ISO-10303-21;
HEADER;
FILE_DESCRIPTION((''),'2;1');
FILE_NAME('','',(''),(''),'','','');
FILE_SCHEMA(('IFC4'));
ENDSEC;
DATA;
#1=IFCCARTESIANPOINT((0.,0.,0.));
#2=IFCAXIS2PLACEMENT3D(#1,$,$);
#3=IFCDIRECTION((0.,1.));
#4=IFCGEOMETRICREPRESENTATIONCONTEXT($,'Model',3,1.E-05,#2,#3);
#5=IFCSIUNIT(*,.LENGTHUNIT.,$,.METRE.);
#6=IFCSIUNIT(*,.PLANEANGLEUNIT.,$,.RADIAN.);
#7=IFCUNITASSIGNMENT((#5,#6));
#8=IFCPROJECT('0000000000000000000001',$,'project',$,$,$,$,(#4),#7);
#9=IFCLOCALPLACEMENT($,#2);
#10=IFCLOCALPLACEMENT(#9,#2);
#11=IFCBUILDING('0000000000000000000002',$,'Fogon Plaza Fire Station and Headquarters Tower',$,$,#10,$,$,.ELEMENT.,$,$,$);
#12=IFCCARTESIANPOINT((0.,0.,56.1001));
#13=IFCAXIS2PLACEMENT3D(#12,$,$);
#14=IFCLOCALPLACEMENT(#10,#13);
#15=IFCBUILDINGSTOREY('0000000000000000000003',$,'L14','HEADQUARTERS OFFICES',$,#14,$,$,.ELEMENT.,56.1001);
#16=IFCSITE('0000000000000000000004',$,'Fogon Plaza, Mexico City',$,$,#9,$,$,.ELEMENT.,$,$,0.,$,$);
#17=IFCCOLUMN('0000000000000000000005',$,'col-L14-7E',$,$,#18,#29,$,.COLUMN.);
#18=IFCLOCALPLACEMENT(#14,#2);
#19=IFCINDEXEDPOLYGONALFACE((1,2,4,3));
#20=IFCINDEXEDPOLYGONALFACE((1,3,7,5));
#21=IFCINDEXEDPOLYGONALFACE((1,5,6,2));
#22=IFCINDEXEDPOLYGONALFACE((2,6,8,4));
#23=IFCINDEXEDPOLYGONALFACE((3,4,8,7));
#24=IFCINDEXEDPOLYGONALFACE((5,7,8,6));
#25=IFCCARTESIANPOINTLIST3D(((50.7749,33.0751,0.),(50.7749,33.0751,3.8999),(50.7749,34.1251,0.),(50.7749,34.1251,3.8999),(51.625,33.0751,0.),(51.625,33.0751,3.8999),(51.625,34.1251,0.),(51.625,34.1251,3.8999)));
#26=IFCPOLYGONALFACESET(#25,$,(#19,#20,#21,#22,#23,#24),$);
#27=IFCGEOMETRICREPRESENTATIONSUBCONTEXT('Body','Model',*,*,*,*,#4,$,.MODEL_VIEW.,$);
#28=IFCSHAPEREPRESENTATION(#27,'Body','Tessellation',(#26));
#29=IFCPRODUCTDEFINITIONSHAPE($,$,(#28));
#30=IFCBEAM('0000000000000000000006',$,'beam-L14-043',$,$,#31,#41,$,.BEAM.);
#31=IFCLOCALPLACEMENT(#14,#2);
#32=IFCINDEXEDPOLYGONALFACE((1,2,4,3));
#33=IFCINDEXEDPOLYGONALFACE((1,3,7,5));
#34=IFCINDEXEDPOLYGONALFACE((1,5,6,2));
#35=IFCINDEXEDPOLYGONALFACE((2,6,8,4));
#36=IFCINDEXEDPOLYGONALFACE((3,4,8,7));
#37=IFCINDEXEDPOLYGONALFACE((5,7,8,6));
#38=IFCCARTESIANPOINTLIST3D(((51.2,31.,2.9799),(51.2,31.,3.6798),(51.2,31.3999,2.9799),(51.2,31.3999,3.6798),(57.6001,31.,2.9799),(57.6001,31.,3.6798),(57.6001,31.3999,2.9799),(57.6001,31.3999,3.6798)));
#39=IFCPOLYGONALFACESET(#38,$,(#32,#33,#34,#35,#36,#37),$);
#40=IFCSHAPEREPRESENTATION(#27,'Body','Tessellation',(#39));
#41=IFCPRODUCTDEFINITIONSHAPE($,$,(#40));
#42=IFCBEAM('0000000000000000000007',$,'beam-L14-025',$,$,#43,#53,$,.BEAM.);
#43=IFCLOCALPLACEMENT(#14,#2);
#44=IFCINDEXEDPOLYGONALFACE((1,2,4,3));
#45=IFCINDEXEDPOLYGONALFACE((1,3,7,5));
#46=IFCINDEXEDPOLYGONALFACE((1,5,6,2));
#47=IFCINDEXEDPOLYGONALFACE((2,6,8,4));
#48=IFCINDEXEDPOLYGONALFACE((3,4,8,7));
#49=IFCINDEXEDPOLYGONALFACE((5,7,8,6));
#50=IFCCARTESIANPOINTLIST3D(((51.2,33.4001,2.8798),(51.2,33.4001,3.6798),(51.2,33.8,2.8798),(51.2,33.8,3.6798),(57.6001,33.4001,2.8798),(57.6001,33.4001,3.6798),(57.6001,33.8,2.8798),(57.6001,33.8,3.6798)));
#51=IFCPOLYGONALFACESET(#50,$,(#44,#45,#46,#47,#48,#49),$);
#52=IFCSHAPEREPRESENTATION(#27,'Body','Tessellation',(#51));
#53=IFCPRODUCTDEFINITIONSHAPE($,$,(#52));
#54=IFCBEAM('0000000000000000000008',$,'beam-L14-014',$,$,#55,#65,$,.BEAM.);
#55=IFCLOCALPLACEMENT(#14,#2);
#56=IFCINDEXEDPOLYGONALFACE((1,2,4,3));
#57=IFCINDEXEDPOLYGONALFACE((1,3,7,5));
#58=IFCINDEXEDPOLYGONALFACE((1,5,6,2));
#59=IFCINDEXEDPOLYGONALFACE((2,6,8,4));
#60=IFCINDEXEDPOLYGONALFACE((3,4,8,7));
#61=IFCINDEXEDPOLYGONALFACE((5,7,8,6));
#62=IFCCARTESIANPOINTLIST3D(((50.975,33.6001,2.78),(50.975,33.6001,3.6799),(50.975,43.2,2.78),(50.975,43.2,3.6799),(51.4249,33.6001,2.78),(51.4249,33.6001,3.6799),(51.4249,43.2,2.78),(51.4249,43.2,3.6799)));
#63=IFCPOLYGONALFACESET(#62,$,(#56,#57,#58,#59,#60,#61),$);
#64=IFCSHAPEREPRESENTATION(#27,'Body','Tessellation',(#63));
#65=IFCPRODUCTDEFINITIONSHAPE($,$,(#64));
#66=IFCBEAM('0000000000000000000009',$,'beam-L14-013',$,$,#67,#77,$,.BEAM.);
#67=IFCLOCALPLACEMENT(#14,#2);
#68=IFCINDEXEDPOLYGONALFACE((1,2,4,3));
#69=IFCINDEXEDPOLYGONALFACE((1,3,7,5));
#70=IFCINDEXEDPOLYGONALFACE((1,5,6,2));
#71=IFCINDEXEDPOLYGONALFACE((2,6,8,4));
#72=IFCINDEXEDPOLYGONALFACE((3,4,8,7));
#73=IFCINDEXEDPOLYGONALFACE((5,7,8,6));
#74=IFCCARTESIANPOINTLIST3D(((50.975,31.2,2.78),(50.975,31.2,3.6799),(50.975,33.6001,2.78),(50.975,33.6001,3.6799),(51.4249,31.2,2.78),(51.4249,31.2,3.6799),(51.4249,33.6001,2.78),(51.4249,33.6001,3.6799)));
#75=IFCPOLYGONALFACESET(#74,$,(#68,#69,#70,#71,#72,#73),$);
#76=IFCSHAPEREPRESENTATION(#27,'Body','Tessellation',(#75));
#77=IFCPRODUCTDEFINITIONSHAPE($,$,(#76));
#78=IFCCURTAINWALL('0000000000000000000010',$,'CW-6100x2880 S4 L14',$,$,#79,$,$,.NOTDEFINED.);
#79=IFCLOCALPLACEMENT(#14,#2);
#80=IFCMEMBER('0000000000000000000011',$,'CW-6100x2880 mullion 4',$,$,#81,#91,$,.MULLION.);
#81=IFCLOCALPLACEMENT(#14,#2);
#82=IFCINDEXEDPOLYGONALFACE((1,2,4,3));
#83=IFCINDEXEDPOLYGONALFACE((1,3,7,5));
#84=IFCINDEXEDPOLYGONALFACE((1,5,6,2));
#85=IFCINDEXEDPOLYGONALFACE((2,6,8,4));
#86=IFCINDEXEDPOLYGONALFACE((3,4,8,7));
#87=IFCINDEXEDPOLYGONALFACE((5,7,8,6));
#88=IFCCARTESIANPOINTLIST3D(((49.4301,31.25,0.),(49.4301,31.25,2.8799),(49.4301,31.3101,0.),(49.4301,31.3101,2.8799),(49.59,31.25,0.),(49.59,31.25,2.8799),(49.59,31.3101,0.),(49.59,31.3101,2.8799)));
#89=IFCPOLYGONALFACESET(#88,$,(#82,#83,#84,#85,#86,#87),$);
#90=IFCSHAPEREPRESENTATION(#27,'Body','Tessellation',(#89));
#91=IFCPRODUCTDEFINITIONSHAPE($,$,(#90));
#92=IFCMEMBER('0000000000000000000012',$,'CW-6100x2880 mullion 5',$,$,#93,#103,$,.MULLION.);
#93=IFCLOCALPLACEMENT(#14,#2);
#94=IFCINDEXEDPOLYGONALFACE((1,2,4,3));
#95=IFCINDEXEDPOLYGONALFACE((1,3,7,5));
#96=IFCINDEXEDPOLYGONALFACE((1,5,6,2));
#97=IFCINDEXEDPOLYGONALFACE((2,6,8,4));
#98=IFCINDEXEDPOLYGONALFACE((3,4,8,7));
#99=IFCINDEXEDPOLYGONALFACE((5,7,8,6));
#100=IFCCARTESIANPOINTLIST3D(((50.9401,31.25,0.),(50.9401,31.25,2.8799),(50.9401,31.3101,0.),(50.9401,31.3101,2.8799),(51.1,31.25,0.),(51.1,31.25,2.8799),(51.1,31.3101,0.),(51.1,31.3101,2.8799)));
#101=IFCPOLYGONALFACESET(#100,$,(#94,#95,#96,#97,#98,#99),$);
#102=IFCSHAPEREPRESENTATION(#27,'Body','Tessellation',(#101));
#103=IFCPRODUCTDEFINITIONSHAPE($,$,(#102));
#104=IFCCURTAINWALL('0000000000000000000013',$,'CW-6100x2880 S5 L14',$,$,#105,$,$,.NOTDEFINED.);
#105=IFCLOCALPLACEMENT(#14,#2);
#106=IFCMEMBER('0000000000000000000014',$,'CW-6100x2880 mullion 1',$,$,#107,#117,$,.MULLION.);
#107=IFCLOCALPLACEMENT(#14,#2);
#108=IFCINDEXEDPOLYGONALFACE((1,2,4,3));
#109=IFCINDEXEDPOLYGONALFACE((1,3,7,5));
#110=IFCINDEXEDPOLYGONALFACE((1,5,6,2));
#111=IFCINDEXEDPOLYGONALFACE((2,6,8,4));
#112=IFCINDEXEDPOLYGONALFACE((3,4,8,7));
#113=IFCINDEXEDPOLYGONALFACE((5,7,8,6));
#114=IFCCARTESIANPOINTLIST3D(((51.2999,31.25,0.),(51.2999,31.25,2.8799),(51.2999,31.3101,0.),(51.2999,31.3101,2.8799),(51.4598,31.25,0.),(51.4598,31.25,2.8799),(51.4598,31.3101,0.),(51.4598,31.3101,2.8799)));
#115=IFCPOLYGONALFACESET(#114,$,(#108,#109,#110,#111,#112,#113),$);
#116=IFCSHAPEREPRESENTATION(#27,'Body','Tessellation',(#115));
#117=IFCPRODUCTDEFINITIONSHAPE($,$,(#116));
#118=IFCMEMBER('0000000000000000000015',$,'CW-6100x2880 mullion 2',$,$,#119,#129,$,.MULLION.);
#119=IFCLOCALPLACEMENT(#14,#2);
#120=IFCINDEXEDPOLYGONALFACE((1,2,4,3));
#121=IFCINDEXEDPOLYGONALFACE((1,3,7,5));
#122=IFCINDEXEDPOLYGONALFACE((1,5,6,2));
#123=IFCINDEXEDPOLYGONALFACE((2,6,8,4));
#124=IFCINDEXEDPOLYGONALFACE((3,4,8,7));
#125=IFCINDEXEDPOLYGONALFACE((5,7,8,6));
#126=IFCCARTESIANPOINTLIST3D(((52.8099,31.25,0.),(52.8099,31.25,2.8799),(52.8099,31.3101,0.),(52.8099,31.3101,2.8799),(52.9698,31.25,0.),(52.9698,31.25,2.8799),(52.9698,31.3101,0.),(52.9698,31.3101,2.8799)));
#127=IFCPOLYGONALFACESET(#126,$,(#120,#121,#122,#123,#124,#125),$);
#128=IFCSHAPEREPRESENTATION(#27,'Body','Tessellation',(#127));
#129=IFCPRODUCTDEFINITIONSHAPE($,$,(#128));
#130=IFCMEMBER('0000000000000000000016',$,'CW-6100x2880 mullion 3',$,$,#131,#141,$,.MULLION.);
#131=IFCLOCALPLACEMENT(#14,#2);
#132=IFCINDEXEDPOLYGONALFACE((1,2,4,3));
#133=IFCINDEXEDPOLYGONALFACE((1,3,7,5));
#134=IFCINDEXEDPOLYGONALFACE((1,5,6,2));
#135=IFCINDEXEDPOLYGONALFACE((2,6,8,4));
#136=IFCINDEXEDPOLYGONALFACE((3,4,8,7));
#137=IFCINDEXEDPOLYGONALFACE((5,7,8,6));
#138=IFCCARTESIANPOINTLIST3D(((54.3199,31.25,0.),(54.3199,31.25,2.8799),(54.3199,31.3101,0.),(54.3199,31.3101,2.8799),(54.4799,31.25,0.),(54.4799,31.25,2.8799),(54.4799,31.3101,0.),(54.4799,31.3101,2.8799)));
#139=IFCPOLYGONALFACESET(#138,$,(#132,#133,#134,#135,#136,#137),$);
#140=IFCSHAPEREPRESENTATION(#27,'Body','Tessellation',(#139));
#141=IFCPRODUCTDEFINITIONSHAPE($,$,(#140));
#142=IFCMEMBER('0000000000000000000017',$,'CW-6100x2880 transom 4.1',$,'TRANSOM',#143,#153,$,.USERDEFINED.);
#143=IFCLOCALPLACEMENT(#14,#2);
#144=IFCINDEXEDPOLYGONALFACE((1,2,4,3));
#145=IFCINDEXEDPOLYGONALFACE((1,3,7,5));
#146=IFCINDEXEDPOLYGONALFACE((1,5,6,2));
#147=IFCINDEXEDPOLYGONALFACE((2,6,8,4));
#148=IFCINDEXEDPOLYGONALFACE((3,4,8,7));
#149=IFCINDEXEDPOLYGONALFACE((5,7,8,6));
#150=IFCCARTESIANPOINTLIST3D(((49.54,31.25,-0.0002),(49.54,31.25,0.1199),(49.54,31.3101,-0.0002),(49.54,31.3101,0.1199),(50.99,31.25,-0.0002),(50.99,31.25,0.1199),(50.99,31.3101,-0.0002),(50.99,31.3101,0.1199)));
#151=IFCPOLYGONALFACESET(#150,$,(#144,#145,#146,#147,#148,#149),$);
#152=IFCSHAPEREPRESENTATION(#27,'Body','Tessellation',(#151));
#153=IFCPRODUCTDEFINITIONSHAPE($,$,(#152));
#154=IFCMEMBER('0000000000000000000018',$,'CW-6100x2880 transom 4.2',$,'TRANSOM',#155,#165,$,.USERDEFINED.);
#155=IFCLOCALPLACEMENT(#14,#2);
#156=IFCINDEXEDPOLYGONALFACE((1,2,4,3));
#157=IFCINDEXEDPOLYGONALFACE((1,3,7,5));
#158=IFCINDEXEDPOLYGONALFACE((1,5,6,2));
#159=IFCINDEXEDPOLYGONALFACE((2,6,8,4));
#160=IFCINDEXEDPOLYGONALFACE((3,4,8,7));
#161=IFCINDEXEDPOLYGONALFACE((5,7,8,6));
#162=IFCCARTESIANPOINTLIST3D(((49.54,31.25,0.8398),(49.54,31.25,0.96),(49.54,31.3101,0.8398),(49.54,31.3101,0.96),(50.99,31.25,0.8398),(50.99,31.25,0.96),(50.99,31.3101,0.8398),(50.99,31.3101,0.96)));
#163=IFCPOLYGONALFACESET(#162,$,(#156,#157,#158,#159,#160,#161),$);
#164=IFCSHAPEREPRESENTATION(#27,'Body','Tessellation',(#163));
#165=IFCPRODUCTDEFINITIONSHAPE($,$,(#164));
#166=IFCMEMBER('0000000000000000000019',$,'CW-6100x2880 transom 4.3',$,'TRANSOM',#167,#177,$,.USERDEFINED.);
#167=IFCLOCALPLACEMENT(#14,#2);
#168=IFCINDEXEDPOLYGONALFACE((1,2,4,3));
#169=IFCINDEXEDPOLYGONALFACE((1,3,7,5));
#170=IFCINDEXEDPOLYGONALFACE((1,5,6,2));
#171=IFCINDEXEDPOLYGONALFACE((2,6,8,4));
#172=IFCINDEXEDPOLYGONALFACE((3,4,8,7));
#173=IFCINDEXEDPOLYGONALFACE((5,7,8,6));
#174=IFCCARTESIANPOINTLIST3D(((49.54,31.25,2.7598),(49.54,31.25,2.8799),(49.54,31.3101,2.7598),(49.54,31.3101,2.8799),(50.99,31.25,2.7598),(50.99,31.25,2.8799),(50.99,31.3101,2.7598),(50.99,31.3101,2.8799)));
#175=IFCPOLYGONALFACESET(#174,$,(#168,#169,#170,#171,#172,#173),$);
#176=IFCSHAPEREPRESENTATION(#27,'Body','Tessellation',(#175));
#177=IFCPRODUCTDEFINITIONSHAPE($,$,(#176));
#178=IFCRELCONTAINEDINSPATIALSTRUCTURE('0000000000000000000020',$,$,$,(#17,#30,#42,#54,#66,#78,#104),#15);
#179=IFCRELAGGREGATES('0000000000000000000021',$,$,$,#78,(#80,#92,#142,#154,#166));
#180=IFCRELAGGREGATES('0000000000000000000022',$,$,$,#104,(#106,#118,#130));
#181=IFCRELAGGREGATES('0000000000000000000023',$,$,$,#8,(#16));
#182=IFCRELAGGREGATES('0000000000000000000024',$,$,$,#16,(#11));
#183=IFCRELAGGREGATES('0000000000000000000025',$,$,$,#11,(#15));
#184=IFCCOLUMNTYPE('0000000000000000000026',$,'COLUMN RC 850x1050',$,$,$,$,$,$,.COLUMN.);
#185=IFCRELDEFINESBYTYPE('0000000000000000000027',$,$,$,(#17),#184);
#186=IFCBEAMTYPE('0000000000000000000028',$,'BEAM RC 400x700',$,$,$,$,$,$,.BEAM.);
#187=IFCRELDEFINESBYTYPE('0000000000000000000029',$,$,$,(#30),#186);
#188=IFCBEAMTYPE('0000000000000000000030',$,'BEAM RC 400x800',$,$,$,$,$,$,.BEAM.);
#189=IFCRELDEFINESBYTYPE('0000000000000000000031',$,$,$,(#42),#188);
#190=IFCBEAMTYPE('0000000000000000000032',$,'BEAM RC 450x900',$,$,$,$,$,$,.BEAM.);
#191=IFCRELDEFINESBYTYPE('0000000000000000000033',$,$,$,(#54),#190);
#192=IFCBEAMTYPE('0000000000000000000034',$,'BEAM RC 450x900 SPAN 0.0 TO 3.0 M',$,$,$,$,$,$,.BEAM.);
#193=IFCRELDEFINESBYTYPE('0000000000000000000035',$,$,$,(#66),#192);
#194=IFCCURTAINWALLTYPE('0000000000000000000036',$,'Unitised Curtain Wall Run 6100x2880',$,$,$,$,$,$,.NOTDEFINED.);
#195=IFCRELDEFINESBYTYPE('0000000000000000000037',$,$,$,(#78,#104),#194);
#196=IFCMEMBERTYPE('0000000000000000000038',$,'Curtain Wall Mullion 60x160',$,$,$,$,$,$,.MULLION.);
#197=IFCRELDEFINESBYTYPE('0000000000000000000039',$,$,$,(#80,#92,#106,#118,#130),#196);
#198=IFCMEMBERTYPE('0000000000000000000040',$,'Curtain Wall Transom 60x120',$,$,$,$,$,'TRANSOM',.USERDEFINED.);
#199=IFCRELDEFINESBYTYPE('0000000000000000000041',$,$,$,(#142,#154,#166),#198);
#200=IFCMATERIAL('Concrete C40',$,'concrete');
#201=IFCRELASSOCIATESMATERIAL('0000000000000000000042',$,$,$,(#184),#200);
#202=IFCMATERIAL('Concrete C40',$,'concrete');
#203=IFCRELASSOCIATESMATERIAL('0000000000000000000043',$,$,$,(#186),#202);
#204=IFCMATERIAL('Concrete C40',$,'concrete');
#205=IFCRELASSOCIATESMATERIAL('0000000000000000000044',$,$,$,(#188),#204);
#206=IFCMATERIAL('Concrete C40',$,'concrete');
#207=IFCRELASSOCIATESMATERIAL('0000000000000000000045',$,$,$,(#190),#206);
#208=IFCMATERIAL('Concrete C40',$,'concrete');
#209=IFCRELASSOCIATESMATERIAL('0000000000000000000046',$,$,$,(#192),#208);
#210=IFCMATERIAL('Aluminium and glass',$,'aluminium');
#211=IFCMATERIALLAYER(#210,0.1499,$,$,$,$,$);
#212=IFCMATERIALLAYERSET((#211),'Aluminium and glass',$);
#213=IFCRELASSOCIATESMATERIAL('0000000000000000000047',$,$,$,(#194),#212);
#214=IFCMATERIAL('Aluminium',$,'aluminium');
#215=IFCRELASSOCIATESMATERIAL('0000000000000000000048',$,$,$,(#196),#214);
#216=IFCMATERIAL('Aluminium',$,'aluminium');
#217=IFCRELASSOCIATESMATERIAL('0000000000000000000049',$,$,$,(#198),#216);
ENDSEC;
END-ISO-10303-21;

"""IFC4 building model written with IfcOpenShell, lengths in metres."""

from ifc_helpers import new_model, si_unit, direction, frame, origin, origin_2d, place, context, subcontext, project, spatial, rectangle, extrude, material, layer, layer_set, material_profile, profile_set, type_object, element, aggregate, save


model = new_model("IFC4")

# Units and contexts
model_context = context("Model", 3, precision=1e-05, world=origin(), true_north=direction((0.0, 1.0)))
body_context = subcontext(model_context, "Body", "Model", "MODEL_VIEW")
ifc_project = project(units=[si_unit("LENGTHUNIT", "METRE"), si_unit("PLANEANGLEUNIT", "RADIAN")], contexts=[model_context])

# Site, building, storey
site_placement = place(None, origin())
site = spatial("IfcSite", under=ifc_project, at=site_placement, Name="Fogon Plaza, Mexico City", CompositionType="ELEMENT", RefElevation=0.0)
building_placement = place(site_placement, origin())
building = spatial("IfcBuilding", under=site, at=building_placement, Name="Fogon Plaza Fire Station and Headquarters Tower", CompositionType="ELEMENT")
storey_placement = place(building_placement, frame((0.0, 0.0, 56.1001)))
storey = spatial("IfcBuildingStorey", under=building, at=storey_placement, Name="L14", Description="HEADQUARTERS OFFICES", CompositionType="ELEMENT", Elevation=56.1001)

# Column
ifc_material_1 = material(Name="Concrete C40", Category="concrete")
ifc_material_profile_1 = material_profile(ifc_material_1, rectangle(XDim=0.8501, YDim=1.05, at=origin_2d()), Name="RC 850x1050")
ifc_profile_set_1 = profile_set([ifc_material_profile_1], Name="Concrete C40")
column_type = type_object("IfcColumnType", Name="COLUMN RC 850x1050", PredefinedType="COLUMN", material=ifc_profile_set_1)
column_placement = place(storey_placement, frame((51.2, 33.6001, 0.0), z_axis=(0.0, 0.0, 1.0), x_axis=(1.0, 0.0, 0.0)))
element("IfcColumn", 1, at=column_placement, inside=storey, type_object=column_type, Name="col-L14-7E", PredefinedType="COLUMN", context=body_context, shape_type="SweptSolid", body=[
    extrude(rectangle(XDim=0.8501, YDim=1.05, at=origin_2d()), origin(), (0.0, 0.0, 1.0), 3.8999),
])

# Beams
ifc_material_2 = material(Name="Concrete C40", Category="concrete")
ifc_material_profile_2 = material_profile(ifc_material_2, rectangle(XDim=0.3999, YDim=0.7, at=origin_2d()), Name="RC 400x700")
ifc_profile_set_2 = profile_set([ifc_material_profile_2], Name="Concrete C40")
beam_type_1 = type_object("IfcBeamType", Name="BEAM RC 400x700", PredefinedType="BEAM", material=ifc_profile_set_2)
beam_1_placement = place(storey_placement, frame((51.2, 31.2, 3.3298), z_axis=(1.0, 0.0, 0.0), x_axis=(0.0, 1.0, 0.0)))
element("IfcBeam", 2, at=beam_1_placement, inside=storey, type_object=beam_type_1, Name="beam-L14-043", PredefinedType="BEAM", context=body_context, shape_type="SweptSolid", body=[
    extrude(rectangle(XDim=0.3999, YDim=0.7, at=origin_2d()), origin(), (0.0, 0.0, 1.0), 6.4001),
])
ifc_material_3 = material(Name="Concrete C40", Category="concrete")
ifc_material_profile_3 = material_profile(ifc_material_3, rectangle(XDim=0.3999, YDim=0.8, at=origin_2d()), Name="RC 400x800")
ifc_profile_set_3 = profile_set([ifc_material_profile_3], Name="Concrete C40")
beam_type_2 = type_object("IfcBeamType", Name="BEAM RC 400x800", PredefinedType="BEAM", material=ifc_profile_set_3)
beam_2_placement = place(storey_placement, frame((51.2, 33.6001, 3.2798), z_axis=(1.0, 0.0, 0.0), x_axis=(0.0, 1.0, 0.0)))
element("IfcBeam", 3, at=beam_2_placement, inside=storey, type_object=beam_type_2, Name="beam-L14-025", PredefinedType="BEAM", context=body_context, shape_type="SweptSolid", body=[
    extrude(rectangle(XDim=0.3999, YDim=0.8, at=origin_2d()), origin(), (0.0, 0.0, 1.0), 6.4001),
])
ifc_material_4 = material(Name="Concrete C40", Category="concrete")
ifc_material_profile_4 = material_profile(ifc_material_4, rectangle(XDim=0.45, YDim=0.8999, at=origin_2d()), Name="RC 450x900")
ifc_profile_set_4 = profile_set([ifc_material_profile_4], Name="Concrete C40")
beam_type_3 = type_object("IfcBeamType", Name="BEAM RC 450x900", PredefinedType="BEAM", material=ifc_profile_set_4)
beam_3_placement = place(storey_placement, frame((51.2, 33.6001, 3.23), z_axis=(0.0, 1.0, 0.0), x_axis=(-1.0, 0.0, 0.0)))
element("IfcBeam", 4, at=beam_3_placement, inside=storey, type_object=beam_type_3, Name="beam-L14-014", PredefinedType="BEAM", context=body_context, shape_type="SweptSolid", body=[
    extrude(rectangle(XDim=0.45, YDim=0.8999, at=origin_2d()), origin(), (0.0, 0.0, 1.0), 9.5999),
])
ifc_material_5 = material(Name="Concrete C40", Category="concrete")
ifc_material_profile_5 = material_profile(ifc_material_5, rectangle(XDim=0.45, YDim=0.8999, at=origin_2d()), Name="RC 450x900")
ifc_profile_set_5 = profile_set([ifc_material_profile_5], Name="Concrete C40")
beam_type_4 = type_object("IfcBeamType", Name="BEAM RC 450x900 SPAN 0.0 TO 3.0 M", PredefinedType="BEAM", material=ifc_profile_set_5)
beam_4_placement = place(storey_placement, frame((51.2, 31.2, 3.23), z_axis=(0.0, 1.0, 0.0), x_axis=(-1.0, 0.0, 0.0)))
element("IfcBeam", 5, at=beam_4_placement, inside=storey, type_object=beam_type_4, Name="beam-L14-013", PredefinedType="BEAM", context=body_context, shape_type="SweptSolid", body=[
    extrude(rectangle(XDim=0.45, YDim=0.8999, at=origin_2d()), origin(), (0.0, 0.0, 1.0), 2.4001),
])

# Curtain walls, members
ifc_material_6 = material(Name="Aluminium and glass", Category="aluminium")
ifc_layer_1 = layer(ifc_material_6, 0.1499)
ifc_layer_set_1 = layer_set([ifc_layer_1], Name="Aluminium and glass")
curtain_wall_type = type_object("IfcCurtainWallType", Name="Unitised Curtain Wall Run 6100x2880", PredefinedType="NOTDEFINED", material=ifc_layer_set_1)
curtain_wall_1_placement = place(storey_placement, origin())
curtain_wall_1 = element("IfcCurtainWall", 6, at=curtain_wall_1_placement, inside=storey, type_object=curtain_wall_type, Name="CW-6100x2880 S4 L14", PredefinedType="NOTDEFINED")
ifc_material_7 = material(Name="Aluminium", Category="aluminium")
ifc_material_profile_6 = material_profile(ifc_material_7, rectangle(XDim=0.0601, YDim=0.1599, at=origin_2d()), Name="Curtain Wall Mullion 60x160")
ifc_profile_set_6 = profile_set([ifc_material_profile_6], Name="Aluminium")
member_type_1 = type_object("IfcMemberType", Name="Curtain Wall Mullion 60x160", PredefinedType="MULLION", material=ifc_profile_set_6)
member_1_placement = place(storey_placement, frame((49.51, 31.28, 0.0), z_axis=(0.0, 0.0, 1.0), x_axis=(0.0, 1.0, 0.0)))
member_1 = element("IfcMember", 7, at=member_1_placement, type_object=member_type_1, Name="CW-6100x2880 mullion 4", PredefinedType="MULLION", context=body_context, shape_type="SweptSolid", body=[
    extrude(rectangle(XDim=0.0601, YDim=0.1599, at=origin_2d()), origin(), (0.0, 0.0, 1.0), 2.8799),
])
member_2_placement = place(storey_placement, frame((51.02, 31.28, 0.0), z_axis=(0.0, 0.0, 1.0), x_axis=(0.0, 1.0, 0.0)))
member_2 = element("IfcMember", 8, at=member_2_placement, type_object=member_type_1, Name="CW-6100x2880 mullion 5", PredefinedType="MULLION", context=body_context, shape_type="SweptSolid", body=[
    extrude(rectangle(XDim=0.0601, YDim=0.1599, at=origin_2d()), origin(), (0.0, 0.0, 1.0), 2.8799),
])
curtain_wall_2_placement = place(storey_placement, origin())
curtain_wall_2 = element("IfcCurtainWall", 9, at=curtain_wall_2_placement, inside=storey, type_object=curtain_wall_type, Name="CW-6100x2880 S5 L14", PredefinedType="NOTDEFINED")
member_3_placement = place(storey_placement, frame((51.3799, 31.28, 0.0), z_axis=(0.0, 0.0, 1.0), x_axis=(0.0, 1.0, 0.0)))
member_3 = element("IfcMember", 10, at=member_3_placement, type_object=member_type_1, Name="CW-6100x2880 mullion 1", PredefinedType="MULLION", context=body_context, shape_type="SweptSolid", body=[
    extrude(rectangle(XDim=0.0601, YDim=0.1599, at=origin_2d()), origin(), (0.0, 0.0, 1.0), 2.8799),
])
member_4_placement = place(storey_placement, frame((52.8899, 31.28, 0.0), z_axis=(0.0, 0.0, 1.0), x_axis=(0.0, 1.0, 0.0)))
member_4 = element("IfcMember", 11, at=member_4_placement, type_object=member_type_1, Name="CW-6100x2880 mullion 2", PredefinedType="MULLION", context=body_context, shape_type="SweptSolid", body=[
    extrude(rectangle(XDim=0.0601, YDim=0.1599, at=origin_2d()), origin(), (0.0, 0.0, 1.0), 2.8799),
])
member_5_placement = place(storey_placement, frame((54.3999, 31.28, 0.0), z_axis=(0.0, 0.0, 1.0), x_axis=(0.0, 1.0, 0.0)))
member_5 = element("IfcMember", 12, at=member_5_placement, type_object=member_type_1, Name="CW-6100x2880 mullion 3", PredefinedType="MULLION", context=body_context, shape_type="SweptSolid", body=[
    extrude(rectangle(XDim=0.0601, YDim=0.1599, at=origin_2d()), origin(), (0.0, 0.0, 1.0), 2.8799),
])

# Members
ifc_material_8 = material(Name="Aluminium", Category="aluminium")
ifc_material_profile_7 = material_profile(ifc_material_8, rectangle(XDim=0.0601, YDim=0.1201, at=origin_2d()), Name="Curtain Wall Transom 60x120")
ifc_profile_set_7 = profile_set([ifc_material_profile_7], Name="Aluminium")
member_type_2 = type_object("IfcMemberType", Name="Curtain Wall Transom 60x120", ElementType="TRANSOM", PredefinedType="USERDEFINED", material=ifc_profile_set_7)
member_6_placement = place(storey_placement, frame((49.54, 31.28, 0.0598), z_axis=(1.0, 0.0, 0.0), x_axis=(0.0, 1.0, 0.0)))
member_6 = element("IfcMember", 13, at=member_6_placement, type_object=member_type_2, Name="CW-6100x2880 transom 4.1", ObjectType="TRANSOM", PredefinedType="USERDEFINED", context=body_context, shape_type="SweptSolid", body=[
    extrude(rectangle(XDim=0.0601, YDim=0.1201, at=origin_2d()), origin(), (0.0, 0.0, 1.0), 1.45),
])
member_7_placement = place(storey_placement, frame((49.54, 31.28, 0.8999), z_axis=(1.0, 0.0, 0.0), x_axis=(0.0, 1.0, 0.0)))
member_7 = element("IfcMember", 14, at=member_7_placement, type_object=member_type_2, Name="CW-6100x2880 transom 4.2", ObjectType="TRANSOM", PredefinedType="USERDEFINED", context=body_context, shape_type="SweptSolid", body=[
    extrude(rectangle(XDim=0.0601, YDim=0.1201, at=origin_2d()), origin(), (0.0, 0.0, 1.0), 1.45),
])
member_8_placement = place(storey_placement, frame((49.54, 31.28, 2.8198), z_axis=(1.0, 0.0, 0.0), x_axis=(0.0, 1.0, 0.0)))
member_8 = element("IfcMember", 15, at=member_8_placement, type_object=member_type_2, Name="CW-6100x2880 transom 4.3", ObjectType="TRANSOM", PredefinedType="USERDEFINED", context=body_context, shape_type="SweptSolid", body=[
    extrude(rectangle(XDim=0.0601, YDim=0.1201, at=origin_2d()), origin(), (0.0, 0.0, 1.0), 1.45),
])

aggregate(curtain_wall_1, [member_1, member_2, member_6, member_7, member_8])
aggregate(curtain_wall_2, [member_3, member_4, member_5])

save(model, "model.ifc")
